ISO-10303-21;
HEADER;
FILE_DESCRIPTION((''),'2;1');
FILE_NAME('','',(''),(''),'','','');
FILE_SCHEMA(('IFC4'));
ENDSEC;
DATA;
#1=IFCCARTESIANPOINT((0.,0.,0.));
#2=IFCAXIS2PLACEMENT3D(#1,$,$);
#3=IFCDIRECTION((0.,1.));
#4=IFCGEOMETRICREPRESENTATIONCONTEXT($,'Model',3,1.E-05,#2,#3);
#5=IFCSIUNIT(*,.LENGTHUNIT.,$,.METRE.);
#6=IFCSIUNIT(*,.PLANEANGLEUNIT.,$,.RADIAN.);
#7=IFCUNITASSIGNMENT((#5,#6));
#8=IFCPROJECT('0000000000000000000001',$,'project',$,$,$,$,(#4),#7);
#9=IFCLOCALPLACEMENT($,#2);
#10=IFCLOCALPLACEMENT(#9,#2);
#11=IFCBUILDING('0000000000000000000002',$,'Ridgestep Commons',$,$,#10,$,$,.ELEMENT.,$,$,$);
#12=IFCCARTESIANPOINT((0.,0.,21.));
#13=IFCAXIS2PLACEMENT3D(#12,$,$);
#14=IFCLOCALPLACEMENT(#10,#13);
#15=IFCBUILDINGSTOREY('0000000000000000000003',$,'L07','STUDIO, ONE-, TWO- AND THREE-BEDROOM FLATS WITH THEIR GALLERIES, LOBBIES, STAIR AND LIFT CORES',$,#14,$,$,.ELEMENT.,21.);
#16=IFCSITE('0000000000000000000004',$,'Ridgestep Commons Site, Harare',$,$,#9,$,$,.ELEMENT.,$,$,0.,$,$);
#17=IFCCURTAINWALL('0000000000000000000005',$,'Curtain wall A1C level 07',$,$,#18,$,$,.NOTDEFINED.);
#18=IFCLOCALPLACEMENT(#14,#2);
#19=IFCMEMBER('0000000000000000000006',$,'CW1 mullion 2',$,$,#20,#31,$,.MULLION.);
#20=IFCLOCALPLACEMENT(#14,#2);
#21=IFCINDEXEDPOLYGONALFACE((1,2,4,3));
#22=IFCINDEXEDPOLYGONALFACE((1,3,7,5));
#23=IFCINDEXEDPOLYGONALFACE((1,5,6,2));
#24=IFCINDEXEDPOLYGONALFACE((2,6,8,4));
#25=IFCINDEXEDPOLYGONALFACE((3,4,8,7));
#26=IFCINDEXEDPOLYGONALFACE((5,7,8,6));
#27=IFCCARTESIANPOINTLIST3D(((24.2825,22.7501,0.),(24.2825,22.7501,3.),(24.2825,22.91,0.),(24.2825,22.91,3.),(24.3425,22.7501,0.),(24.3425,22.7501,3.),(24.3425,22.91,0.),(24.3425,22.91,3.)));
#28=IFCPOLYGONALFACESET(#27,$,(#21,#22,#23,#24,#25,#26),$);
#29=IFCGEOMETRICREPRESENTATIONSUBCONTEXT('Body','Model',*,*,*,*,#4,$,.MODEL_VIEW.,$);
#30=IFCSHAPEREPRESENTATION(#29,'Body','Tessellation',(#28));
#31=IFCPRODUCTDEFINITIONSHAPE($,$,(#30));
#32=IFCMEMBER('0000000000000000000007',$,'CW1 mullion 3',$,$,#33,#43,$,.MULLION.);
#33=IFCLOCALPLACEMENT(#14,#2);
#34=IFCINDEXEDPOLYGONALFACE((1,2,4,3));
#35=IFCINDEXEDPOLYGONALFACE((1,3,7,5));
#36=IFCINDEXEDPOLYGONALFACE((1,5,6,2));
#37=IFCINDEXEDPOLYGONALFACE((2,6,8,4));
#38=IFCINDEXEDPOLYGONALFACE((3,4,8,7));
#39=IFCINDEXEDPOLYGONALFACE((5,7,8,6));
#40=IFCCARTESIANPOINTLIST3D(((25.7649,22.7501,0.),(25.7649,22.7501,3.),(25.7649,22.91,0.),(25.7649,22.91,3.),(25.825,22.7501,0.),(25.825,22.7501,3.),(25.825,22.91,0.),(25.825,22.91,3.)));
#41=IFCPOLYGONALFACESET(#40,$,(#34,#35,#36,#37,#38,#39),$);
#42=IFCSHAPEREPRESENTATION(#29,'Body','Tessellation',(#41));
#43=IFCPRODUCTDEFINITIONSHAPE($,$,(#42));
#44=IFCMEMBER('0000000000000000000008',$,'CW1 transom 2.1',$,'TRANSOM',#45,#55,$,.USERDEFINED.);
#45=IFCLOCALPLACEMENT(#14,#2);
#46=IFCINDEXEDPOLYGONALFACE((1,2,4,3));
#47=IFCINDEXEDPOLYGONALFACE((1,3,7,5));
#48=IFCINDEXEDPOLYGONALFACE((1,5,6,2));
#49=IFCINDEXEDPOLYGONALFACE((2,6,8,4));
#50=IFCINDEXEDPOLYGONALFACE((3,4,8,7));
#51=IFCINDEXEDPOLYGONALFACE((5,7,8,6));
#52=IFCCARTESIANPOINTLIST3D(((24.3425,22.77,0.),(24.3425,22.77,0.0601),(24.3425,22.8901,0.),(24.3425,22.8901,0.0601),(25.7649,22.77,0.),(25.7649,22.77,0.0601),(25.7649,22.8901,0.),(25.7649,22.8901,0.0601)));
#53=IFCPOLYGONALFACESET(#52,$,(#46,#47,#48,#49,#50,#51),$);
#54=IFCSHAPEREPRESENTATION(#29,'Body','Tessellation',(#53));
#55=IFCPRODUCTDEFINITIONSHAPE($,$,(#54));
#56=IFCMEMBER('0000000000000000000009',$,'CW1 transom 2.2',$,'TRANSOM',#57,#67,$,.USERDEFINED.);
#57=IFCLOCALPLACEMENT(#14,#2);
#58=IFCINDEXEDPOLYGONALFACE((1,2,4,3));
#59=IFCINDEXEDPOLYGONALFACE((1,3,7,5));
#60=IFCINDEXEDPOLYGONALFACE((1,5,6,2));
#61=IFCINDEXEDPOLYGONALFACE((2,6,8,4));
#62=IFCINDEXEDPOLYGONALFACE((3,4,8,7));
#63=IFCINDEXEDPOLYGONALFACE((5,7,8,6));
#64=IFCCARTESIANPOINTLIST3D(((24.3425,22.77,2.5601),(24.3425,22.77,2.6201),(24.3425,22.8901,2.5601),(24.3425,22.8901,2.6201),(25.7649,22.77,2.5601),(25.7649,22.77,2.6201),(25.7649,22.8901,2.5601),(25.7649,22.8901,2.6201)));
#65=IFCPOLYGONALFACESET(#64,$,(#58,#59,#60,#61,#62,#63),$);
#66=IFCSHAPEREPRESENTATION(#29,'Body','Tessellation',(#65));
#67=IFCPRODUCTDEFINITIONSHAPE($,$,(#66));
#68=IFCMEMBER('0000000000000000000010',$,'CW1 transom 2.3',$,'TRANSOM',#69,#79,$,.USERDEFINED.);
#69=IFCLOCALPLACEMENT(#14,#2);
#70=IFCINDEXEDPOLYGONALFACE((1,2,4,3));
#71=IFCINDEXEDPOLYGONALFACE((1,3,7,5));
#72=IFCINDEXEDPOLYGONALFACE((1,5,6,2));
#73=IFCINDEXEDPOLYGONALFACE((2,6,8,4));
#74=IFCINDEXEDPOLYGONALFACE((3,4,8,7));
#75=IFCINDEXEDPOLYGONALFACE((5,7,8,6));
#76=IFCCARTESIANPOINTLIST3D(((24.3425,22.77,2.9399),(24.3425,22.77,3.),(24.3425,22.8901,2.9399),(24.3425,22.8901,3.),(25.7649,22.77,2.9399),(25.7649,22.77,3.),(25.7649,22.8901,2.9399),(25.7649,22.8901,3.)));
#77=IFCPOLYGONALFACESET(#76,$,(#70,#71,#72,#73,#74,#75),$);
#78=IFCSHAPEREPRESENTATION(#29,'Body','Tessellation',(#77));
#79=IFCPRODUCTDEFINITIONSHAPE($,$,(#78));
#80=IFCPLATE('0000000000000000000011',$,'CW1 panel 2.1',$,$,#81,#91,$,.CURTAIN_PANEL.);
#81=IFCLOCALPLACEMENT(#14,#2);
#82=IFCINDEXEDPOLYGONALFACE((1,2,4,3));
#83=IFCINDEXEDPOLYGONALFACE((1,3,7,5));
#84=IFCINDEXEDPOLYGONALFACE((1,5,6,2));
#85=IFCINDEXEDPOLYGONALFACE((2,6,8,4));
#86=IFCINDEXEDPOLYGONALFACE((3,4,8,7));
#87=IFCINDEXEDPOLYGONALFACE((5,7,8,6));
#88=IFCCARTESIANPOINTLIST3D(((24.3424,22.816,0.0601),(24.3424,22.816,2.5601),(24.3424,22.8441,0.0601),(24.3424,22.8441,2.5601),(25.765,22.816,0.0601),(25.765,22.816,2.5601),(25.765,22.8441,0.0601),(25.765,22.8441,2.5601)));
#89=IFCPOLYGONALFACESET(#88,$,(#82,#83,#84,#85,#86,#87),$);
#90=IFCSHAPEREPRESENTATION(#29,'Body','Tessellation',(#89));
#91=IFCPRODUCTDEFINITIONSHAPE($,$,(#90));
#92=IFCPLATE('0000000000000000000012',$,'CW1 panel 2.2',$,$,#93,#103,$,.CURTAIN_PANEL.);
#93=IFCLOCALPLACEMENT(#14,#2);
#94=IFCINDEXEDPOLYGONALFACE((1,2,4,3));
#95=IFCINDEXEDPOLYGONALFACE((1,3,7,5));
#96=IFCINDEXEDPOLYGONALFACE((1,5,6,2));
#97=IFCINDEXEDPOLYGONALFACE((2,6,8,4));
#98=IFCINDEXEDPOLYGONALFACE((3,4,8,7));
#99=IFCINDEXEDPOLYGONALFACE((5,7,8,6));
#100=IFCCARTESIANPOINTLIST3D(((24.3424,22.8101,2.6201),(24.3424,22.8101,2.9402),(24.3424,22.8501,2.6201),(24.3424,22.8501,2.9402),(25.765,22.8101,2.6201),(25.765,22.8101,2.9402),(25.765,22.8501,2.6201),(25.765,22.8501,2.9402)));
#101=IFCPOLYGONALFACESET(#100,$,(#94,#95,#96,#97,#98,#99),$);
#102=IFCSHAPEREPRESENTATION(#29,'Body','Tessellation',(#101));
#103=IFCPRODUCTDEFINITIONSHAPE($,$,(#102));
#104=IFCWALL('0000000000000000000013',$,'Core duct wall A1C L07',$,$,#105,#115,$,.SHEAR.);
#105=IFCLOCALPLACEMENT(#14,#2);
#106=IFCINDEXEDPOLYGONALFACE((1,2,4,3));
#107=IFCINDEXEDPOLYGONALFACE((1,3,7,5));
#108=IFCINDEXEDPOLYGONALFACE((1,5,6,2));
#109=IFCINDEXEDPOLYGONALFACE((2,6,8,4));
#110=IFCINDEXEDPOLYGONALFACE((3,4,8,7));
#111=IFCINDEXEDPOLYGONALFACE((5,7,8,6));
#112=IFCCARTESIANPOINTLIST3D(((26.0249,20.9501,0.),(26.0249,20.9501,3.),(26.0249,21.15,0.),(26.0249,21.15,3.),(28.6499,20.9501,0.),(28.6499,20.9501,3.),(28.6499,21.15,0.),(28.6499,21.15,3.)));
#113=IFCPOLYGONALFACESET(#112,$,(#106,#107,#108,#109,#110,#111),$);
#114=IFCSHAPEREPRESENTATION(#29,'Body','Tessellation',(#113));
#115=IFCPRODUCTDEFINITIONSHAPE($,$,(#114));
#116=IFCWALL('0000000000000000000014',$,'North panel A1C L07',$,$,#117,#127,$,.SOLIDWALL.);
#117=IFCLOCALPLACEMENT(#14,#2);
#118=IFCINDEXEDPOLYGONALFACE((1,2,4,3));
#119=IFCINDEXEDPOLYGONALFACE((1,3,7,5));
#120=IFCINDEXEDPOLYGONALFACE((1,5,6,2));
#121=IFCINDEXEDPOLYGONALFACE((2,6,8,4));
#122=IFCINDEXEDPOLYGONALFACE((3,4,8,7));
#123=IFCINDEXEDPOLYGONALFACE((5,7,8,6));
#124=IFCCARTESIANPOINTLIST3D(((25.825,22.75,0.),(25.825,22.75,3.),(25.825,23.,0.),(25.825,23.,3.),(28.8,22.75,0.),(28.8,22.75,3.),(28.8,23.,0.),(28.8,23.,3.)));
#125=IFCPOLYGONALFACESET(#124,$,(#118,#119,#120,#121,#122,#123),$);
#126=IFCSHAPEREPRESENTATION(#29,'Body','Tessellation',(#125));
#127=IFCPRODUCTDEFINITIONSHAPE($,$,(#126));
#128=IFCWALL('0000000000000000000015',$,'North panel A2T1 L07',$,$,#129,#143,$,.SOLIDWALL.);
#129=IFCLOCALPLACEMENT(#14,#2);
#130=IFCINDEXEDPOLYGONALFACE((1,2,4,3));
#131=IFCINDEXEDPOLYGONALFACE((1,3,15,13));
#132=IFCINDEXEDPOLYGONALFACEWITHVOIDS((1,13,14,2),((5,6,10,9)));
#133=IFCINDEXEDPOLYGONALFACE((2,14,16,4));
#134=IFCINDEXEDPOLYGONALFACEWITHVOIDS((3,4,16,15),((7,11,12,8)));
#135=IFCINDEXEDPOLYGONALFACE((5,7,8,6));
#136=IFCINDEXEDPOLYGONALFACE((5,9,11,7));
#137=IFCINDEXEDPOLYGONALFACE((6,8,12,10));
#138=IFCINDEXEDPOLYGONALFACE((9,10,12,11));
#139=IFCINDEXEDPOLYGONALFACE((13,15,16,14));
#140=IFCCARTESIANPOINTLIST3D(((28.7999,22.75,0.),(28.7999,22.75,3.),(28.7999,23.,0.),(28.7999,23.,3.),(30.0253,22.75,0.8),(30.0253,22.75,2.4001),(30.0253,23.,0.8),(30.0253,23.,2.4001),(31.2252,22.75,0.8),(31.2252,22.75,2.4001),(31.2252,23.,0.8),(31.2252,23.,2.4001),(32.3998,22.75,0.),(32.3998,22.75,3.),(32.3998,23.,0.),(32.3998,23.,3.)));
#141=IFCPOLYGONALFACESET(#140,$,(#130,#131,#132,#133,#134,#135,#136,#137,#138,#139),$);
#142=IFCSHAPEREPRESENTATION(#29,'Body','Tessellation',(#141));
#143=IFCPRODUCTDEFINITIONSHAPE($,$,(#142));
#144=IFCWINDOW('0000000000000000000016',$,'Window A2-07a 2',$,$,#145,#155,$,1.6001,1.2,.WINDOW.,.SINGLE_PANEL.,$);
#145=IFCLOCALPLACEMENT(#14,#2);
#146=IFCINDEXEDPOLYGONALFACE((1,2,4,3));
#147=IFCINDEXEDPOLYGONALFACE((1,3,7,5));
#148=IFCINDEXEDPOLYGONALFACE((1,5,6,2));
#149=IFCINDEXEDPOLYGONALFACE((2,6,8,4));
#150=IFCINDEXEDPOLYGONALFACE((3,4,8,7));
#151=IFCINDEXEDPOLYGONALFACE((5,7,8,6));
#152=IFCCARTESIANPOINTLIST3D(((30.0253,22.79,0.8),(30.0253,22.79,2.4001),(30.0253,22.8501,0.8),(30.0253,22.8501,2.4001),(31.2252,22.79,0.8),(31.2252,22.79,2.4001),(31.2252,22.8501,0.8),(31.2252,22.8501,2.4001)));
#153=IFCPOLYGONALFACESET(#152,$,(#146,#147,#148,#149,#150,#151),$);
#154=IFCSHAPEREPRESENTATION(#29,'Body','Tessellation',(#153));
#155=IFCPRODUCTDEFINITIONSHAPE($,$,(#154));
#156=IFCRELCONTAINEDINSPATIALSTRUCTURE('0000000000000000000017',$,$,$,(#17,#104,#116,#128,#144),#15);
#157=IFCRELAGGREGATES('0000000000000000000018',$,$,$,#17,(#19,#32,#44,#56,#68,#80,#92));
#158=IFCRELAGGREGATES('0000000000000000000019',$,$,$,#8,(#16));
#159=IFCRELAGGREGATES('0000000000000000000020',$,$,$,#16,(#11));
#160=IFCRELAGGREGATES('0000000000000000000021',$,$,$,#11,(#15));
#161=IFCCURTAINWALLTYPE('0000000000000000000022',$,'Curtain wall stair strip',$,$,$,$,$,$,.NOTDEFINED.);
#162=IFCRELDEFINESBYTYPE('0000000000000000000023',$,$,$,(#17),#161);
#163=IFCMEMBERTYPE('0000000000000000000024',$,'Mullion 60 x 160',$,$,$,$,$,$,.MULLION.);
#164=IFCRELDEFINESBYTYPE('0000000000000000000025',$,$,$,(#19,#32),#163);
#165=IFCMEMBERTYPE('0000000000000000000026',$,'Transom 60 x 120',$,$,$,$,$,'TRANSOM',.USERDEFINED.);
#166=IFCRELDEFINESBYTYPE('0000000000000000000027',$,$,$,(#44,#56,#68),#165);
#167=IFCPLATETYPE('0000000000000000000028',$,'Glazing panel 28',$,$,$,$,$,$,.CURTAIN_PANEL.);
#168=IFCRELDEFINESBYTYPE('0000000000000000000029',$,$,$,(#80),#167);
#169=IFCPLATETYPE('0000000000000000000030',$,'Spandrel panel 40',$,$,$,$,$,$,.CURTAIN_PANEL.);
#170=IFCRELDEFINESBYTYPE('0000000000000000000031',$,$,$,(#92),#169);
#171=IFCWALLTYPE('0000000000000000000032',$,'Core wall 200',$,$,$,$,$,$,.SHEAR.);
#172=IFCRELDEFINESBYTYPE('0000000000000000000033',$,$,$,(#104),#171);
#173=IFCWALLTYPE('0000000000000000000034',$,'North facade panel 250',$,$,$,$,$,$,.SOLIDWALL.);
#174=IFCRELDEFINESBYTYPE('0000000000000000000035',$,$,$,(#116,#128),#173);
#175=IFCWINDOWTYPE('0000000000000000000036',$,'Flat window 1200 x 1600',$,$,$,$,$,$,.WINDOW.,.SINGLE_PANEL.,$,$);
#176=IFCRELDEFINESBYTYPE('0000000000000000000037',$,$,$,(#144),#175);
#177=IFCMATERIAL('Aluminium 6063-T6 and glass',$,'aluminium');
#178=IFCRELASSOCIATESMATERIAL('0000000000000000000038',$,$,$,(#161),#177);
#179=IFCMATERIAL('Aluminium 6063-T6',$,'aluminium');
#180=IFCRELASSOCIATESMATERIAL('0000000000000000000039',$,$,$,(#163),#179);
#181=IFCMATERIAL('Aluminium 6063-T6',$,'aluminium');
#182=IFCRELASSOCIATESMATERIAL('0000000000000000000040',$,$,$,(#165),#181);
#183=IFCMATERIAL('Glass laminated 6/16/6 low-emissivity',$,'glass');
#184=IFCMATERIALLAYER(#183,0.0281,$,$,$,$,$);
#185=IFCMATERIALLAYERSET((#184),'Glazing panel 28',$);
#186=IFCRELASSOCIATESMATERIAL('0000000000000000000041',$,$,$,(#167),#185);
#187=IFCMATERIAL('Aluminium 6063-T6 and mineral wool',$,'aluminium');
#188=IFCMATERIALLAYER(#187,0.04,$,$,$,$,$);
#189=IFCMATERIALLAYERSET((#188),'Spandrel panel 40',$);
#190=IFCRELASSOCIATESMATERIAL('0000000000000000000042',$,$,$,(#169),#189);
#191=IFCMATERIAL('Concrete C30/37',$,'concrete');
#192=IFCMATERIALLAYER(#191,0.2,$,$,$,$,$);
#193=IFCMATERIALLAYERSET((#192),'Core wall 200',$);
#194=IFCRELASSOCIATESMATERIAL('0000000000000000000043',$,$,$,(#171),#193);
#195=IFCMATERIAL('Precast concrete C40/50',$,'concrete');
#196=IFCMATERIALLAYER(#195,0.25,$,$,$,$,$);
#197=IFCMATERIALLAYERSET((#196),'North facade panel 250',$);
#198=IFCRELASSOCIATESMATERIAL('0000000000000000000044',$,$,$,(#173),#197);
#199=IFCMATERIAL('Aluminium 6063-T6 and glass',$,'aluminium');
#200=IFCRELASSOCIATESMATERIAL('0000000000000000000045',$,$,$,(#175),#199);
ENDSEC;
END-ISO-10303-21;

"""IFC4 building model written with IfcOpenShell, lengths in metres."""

from ifc_helpers import new_model, si_unit, direction, frame, frame_2d, origin, origin_2d, place, context, subcontext, project, spatial, rectangle, extrude, material, layer, layer_set, material_profile, profile_set, type_object, element, fill, aggregate, save


model = new_model("IFC4")

# Units and contexts
model_context = context("Model", 3, precision=1e-05, world=origin(), true_north=direction((0.0, 1.0)))
body_context = subcontext(model_context, "Body", "Model", "MODEL_VIEW")
ifc_project = project(units=[si_unit("LENGTHUNIT", "METRE"), si_unit("PLANEANGLEUNIT", "RADIAN")], contexts=[model_context])

# Site, building, storey
site_placement = place(None, origin())
site = spatial("IfcSite", under=ifc_project, at=site_placement, Name="Ridgestep Commons Site, Harare", CompositionType="ELEMENT", RefElevation=0.0)
building_placement = place(site_placement, origin())
building = spatial("IfcBuilding", under=site, at=building_placement, Name="Ridgestep Commons", CompositionType="ELEMENT")
storey_placement = place(building_placement, frame((0.0, 0.0, 21.0)))
storey = spatial("IfcBuildingStorey", under=building, at=storey_placement, Name="L07", Description="STUDIO, ONE-, TWO- AND THREE-BEDROOM FLATS WITH THEIR GALLERIES, LOBBIES, STAIR AND LIFT CORES", CompositionType="ELEMENT", Elevation=21.0)

# Curtain wall, members, plates
ifc_material_1 = material(Name="Aluminium 6063-T6 and glass", Category="aluminium")
curtain_wall_type = type_object("IfcCurtainWallType", Name="Curtain wall stair strip", PredefinedType="NOTDEFINED", material=ifc_material_1)
curtain_wall_placement = place(storey_placement, origin())
curtain_wall = element("IfcCurtainWall", 1, at=curtain_wall_placement, inside=storey, type_object=curtain_wall_type, Name="Curtain wall A1C level 07", PredefinedType="NOTDEFINED")
ifc_material_2 = material(Name="Aluminium 6063-T6", Category="aluminium")
ifc_material_profile_1 = material_profile(ifc_material_2, rectangle(XDim=0.1599, YDim=0.0601, at=origin_2d()), Name="Mullion 60 x 160")
ifc_profile_set_1 = profile_set([ifc_material_profile_1], Name="Aluminium 6063-T6")
member_type_1 = type_object("IfcMemberType", Name="Mullion 60 x 160", PredefinedType="MULLION", material=ifc_profile_set_1)
member_1_placement = place(storey_placement, frame((24.3125, 22.8301, 0.0), z_axis=(0.0, 0.0, 1.0), x_axis=(0.0, 1.0, 0.0)))
member_1 = element("IfcMember", 2, at=member_1_placement, type_object=member_type_1, Name="CW1 mullion 2", PredefinedType="MULLION", context=body_context, shape_type="SweptSolid", body=[
    extrude(rectangle(XDim=0.1599, YDim=0.0601, at=origin_2d()), origin(), (0.0, 0.0, 1.0), 3.0),
])
member_2_placement = place(storey_placement, frame((25.7949, 22.8301, 0.0), z_axis=(0.0, 0.0, 1.0), x_axis=(0.0, 1.0, 0.0)))
member_2 = element("IfcMember", 3, at=member_2_placement, type_object=member_type_1, Name="CW1 mullion 3", PredefinedType="MULLION", context=body_context, shape_type="SweptSolid", body=[
    extrude(rectangle(XDim=0.1599, YDim=0.0601, at=origin_2d()), origin(), (0.0, 0.0, 1.0), 3.0),
])
ifc_material_3 = material(Name="Aluminium 6063-T6", Category="aluminium")
ifc_material_profile_2 = material_profile(ifc_material_3, rectangle(XDim=0.1201, YDim=0.0601, at=origin_2d()), Name="Transom 60 x 120")
ifc_profile_set_2 = profile_set([ifc_material_profile_2], Name="Aluminium 6063-T6")
member_type_2 = type_object("IfcMemberType", Name="Transom 60 x 120", ElementType="TRANSOM", PredefinedType="USERDEFINED", material=ifc_profile_set_2)
member_3_placement = place(storey_placement, frame((24.3425, 22.8301, 0.03), z_axis=(1.0, 0.0, 0.0), x_axis=(0.0, 1.0, 0.0)))
member_3 = element("IfcMember", 4, at=member_3_placement, type_object=member_type_2, Name="CW1 transom 2.1", ObjectType="TRANSOM", PredefinedType="USERDEFINED", context=body_context, shape_type="SweptSolid", body=[
    extrude(rectangle(XDim=0.1201, YDim=0.0601, at=origin_2d()), origin(), (0.0, 0.0, 1.0), 1.4224),
])
member_4_placement = place(storey_placement, frame((24.3425, 22.8301, 2.5901), z_axis=(1.0, 0.0, 0.0), x_axis=(0.0, 1.0, 0.0)))
member_4 = element("IfcMember", 5, at=member_4_placement, type_object=member_type_2, Name="CW1 transom 2.2", ObjectType="TRANSOM", PredefinedType="USERDEFINED", context=body_context, shape_type="SweptSolid", body=[
    extrude(rectangle(XDim=0.1201, YDim=0.0601, at=origin_2d()), origin(), (0.0, 0.0, 1.0), 1.4224),
])
member_5_placement = place(storey_placement, frame((24.3425, 22.8301, 2.97), z_axis=(1.0, 0.0, 0.0), x_axis=(0.0, 1.0, 0.0)))
member_5 = element("IfcMember", 6, at=member_5_placement, type_object=member_type_2, Name="CW1 transom 2.3", ObjectType="TRANSOM", PredefinedType="USERDEFINED", context=body_context, shape_type="SweptSolid", body=[
    extrude(rectangle(XDim=0.1201, YDim=0.0601, at=origin_2d()), origin(), (0.0, 0.0, 1.0), 1.4224),
])
ifc_material_4 = material(Name="Glass laminated 6/16/6 low-emissivity", Category="glass")
ifc_layer_1 = layer(ifc_material_4, 0.0281)
ifc_layer_set_1 = layer_set([ifc_layer_1], Name="Glazing panel 28")
plate_type_1 = type_object("IfcPlateType", Name="Glazing panel 28", PredefinedType="CURTAIN_PANEL", material=ifc_layer_set_1)
plate_1_placement = place(storey_placement, frame((25.0537, 22.8301, 0.0601), z_axis=(0.0, 0.0, 1.0), x_axis=(1.0, 0.0, 0.0)))
plate_1 = element("IfcPlate", 7, at=plate_1_placement, type_object=plate_type_1, Name="CW1 panel 2.1", PredefinedType="CURTAIN_PANEL", context=body_context, shape_type="SweptSolid", body=[
    extrude(rectangle(XDim=1.4226, YDim=0.0281, at=origin_2d()), origin(), (0.0, 0.0, 1.0), 2.5),
])
ifc_material_5 = material(Name="Aluminium 6063-T6 and mineral wool", Category="aluminium")
ifc_layer_2 = layer(ifc_material_5, 0.04)
ifc_layer_set_2 = layer_set([ifc_layer_2], Name="Spandrel panel 40")
plate_type_2 = type_object("IfcPlateType", Name="Spandrel panel 40", PredefinedType="CURTAIN_PANEL", material=ifc_layer_set_2)
plate_2_placement = place(storey_placement, frame((25.0537, 22.8301, 2.6201), z_axis=(0.0, 0.0, 1.0), x_axis=(1.0, 0.0, 0.0)))
plate_2 = element("IfcPlate", 8, at=plate_2_placement, type_object=plate_type_2, Name="CW1 panel 2.2", PredefinedType="CURTAIN_PANEL", context=body_context, shape_type="SweptSolid", body=[
    extrude(rectangle(XDim=1.4226, YDim=0.04, at=origin_2d()), origin(), (0.0, 0.0, 1.0), 0.3201),
])
aggregate(curtain_wall, [member_1, member_2, member_3, member_4, member_5, plate_1, plate_2])

# Walls
ifc_material_6 = material(Name="Concrete C30/37", Category="concrete")
ifc_layer_3 = layer(ifc_material_6, 0.2)
ifc_layer_set_3 = layer_set([ifc_layer_3], Name="Core wall 200")
wall_type_1 = type_object("IfcWallType", Name="Core wall 200", PredefinedType="SHEAR", material=ifc_layer_set_3)
wall_1_placement = place(storey_placement, frame((26.0249, 21.05, 0.0), z_axis=(0.0, 0.0, 1.0), x_axis=(1.0, 0.0, 0.0)))
element("IfcWall", 9, at=wall_1_placement, inside=storey, type_object=wall_type_1, Name="Core duct wall A1C L07", PredefinedType="SHEAR", context=body_context, shape_type="SweptSolid", body=[
    extrude(rectangle(XDim=2.625, YDim=0.2, at=frame_2d((1.3125, 0.0))), origin(), (0.0, 0.0, 1.0), 3.0),
])
ifc_material_7 = material(Name="Precast concrete C40/50", Category="concrete")
ifc_layer_4 = layer(ifc_material_7, 0.25)
ifc_layer_set_4 = layer_set([ifc_layer_4], Name="North facade panel 250")
wall_type_2 = type_object("IfcWallType", Name="North facade panel 250", PredefinedType="SOLIDWALL", material=ifc_layer_set_4)
wall_2_placement = place(storey_placement, frame((25.825, 22.875, 0.0), z_axis=(0.0, 0.0, 1.0), x_axis=(1.0, 0.0, 0.0)))
element("IfcWall", 10, at=wall_2_placement, inside=storey, type_object=wall_type_2, Name="North panel A1C L07", PredefinedType="SOLIDWALL", context=body_context, shape_type="SweptSolid", body=[
    extrude(rectangle(XDim=2.9751, YDim=0.25, at=frame_2d((1.4875, 0.0))), origin(), (0.0, 0.0, 1.0), 3.0),
])

# Wall, opening, window
wall_3_placement = place(storey_placement, frame((28.8, 22.875, 0.0), z_axis=(0.0, 0.0, 1.0), x_axis=(1.0, 0.0, 0.0)))
wall_3 = element("IfcWall", 11, at=wall_3_placement, inside=storey, type_object=wall_type_2, Name="North panel A2T1 L07", PredefinedType="SOLIDWALL", context=body_context, shape_type="SweptSolid", body=[
    extrude(rectangle(XDim=3.5999, YDim=0.25, at=frame_2d((1.7998, 0.0))), origin(), (0.0, 0.0, 1.0), 3.0),
])
opening_placement = place(wall_3_placement, frame((1.2251, 0.0, 0.8)))
opening = element("IfcOpeningElement", 12, at=opening_placement, cuts=wall_3, PredefinedType="OPENING", context=body_context, shape_type="SweptSolid", body=[
    extrude(rectangle(XDim=1.2, YDim=1.6001, at=frame_2d((0.6001, 0.8))), frame((0.0, 0.135, 0.0), z_axis=(0.0, -1.0, 0.0), x_axis=(1.0, 0.0, 0.0)), (0.0, 0.0, 1.0), 0.27),
])
ifc_material_8 = material(Name="Aluminium 6063-T6 and glass", Category="aluminium")
window_type = type_object("IfcWindowType", Name="Flat window 1200 x 1600", PartitioningType="SINGLE_PANEL", PredefinedType="WINDOW", material=ifc_material_8)
window_placement = place(opening_placement, origin())
window = element("IfcWindow", 13, at=window_placement, inside=storey, type_object=window_type, Name="Window A2-07a 2", OverallHeight=1.6001, OverallWidth=1.2, PartitioningType="SINGLE_PANEL", PredefinedType="WINDOW", context=body_context, shape_type="SweptSolid", body=[
    extrude(rectangle(XDim=1.2, YDim=1.6001, at=frame_2d((0.6001, 0.8))), frame((0.0, -0.0249, 0.0), z_axis=(0.0, -1.0, 0.0), x_axis=(1.0, 0.0, 0.0)), (0.0, 0.0, 1.0), 0.0601),
])
fill(opening, window)

save(model, "model.ifc")
